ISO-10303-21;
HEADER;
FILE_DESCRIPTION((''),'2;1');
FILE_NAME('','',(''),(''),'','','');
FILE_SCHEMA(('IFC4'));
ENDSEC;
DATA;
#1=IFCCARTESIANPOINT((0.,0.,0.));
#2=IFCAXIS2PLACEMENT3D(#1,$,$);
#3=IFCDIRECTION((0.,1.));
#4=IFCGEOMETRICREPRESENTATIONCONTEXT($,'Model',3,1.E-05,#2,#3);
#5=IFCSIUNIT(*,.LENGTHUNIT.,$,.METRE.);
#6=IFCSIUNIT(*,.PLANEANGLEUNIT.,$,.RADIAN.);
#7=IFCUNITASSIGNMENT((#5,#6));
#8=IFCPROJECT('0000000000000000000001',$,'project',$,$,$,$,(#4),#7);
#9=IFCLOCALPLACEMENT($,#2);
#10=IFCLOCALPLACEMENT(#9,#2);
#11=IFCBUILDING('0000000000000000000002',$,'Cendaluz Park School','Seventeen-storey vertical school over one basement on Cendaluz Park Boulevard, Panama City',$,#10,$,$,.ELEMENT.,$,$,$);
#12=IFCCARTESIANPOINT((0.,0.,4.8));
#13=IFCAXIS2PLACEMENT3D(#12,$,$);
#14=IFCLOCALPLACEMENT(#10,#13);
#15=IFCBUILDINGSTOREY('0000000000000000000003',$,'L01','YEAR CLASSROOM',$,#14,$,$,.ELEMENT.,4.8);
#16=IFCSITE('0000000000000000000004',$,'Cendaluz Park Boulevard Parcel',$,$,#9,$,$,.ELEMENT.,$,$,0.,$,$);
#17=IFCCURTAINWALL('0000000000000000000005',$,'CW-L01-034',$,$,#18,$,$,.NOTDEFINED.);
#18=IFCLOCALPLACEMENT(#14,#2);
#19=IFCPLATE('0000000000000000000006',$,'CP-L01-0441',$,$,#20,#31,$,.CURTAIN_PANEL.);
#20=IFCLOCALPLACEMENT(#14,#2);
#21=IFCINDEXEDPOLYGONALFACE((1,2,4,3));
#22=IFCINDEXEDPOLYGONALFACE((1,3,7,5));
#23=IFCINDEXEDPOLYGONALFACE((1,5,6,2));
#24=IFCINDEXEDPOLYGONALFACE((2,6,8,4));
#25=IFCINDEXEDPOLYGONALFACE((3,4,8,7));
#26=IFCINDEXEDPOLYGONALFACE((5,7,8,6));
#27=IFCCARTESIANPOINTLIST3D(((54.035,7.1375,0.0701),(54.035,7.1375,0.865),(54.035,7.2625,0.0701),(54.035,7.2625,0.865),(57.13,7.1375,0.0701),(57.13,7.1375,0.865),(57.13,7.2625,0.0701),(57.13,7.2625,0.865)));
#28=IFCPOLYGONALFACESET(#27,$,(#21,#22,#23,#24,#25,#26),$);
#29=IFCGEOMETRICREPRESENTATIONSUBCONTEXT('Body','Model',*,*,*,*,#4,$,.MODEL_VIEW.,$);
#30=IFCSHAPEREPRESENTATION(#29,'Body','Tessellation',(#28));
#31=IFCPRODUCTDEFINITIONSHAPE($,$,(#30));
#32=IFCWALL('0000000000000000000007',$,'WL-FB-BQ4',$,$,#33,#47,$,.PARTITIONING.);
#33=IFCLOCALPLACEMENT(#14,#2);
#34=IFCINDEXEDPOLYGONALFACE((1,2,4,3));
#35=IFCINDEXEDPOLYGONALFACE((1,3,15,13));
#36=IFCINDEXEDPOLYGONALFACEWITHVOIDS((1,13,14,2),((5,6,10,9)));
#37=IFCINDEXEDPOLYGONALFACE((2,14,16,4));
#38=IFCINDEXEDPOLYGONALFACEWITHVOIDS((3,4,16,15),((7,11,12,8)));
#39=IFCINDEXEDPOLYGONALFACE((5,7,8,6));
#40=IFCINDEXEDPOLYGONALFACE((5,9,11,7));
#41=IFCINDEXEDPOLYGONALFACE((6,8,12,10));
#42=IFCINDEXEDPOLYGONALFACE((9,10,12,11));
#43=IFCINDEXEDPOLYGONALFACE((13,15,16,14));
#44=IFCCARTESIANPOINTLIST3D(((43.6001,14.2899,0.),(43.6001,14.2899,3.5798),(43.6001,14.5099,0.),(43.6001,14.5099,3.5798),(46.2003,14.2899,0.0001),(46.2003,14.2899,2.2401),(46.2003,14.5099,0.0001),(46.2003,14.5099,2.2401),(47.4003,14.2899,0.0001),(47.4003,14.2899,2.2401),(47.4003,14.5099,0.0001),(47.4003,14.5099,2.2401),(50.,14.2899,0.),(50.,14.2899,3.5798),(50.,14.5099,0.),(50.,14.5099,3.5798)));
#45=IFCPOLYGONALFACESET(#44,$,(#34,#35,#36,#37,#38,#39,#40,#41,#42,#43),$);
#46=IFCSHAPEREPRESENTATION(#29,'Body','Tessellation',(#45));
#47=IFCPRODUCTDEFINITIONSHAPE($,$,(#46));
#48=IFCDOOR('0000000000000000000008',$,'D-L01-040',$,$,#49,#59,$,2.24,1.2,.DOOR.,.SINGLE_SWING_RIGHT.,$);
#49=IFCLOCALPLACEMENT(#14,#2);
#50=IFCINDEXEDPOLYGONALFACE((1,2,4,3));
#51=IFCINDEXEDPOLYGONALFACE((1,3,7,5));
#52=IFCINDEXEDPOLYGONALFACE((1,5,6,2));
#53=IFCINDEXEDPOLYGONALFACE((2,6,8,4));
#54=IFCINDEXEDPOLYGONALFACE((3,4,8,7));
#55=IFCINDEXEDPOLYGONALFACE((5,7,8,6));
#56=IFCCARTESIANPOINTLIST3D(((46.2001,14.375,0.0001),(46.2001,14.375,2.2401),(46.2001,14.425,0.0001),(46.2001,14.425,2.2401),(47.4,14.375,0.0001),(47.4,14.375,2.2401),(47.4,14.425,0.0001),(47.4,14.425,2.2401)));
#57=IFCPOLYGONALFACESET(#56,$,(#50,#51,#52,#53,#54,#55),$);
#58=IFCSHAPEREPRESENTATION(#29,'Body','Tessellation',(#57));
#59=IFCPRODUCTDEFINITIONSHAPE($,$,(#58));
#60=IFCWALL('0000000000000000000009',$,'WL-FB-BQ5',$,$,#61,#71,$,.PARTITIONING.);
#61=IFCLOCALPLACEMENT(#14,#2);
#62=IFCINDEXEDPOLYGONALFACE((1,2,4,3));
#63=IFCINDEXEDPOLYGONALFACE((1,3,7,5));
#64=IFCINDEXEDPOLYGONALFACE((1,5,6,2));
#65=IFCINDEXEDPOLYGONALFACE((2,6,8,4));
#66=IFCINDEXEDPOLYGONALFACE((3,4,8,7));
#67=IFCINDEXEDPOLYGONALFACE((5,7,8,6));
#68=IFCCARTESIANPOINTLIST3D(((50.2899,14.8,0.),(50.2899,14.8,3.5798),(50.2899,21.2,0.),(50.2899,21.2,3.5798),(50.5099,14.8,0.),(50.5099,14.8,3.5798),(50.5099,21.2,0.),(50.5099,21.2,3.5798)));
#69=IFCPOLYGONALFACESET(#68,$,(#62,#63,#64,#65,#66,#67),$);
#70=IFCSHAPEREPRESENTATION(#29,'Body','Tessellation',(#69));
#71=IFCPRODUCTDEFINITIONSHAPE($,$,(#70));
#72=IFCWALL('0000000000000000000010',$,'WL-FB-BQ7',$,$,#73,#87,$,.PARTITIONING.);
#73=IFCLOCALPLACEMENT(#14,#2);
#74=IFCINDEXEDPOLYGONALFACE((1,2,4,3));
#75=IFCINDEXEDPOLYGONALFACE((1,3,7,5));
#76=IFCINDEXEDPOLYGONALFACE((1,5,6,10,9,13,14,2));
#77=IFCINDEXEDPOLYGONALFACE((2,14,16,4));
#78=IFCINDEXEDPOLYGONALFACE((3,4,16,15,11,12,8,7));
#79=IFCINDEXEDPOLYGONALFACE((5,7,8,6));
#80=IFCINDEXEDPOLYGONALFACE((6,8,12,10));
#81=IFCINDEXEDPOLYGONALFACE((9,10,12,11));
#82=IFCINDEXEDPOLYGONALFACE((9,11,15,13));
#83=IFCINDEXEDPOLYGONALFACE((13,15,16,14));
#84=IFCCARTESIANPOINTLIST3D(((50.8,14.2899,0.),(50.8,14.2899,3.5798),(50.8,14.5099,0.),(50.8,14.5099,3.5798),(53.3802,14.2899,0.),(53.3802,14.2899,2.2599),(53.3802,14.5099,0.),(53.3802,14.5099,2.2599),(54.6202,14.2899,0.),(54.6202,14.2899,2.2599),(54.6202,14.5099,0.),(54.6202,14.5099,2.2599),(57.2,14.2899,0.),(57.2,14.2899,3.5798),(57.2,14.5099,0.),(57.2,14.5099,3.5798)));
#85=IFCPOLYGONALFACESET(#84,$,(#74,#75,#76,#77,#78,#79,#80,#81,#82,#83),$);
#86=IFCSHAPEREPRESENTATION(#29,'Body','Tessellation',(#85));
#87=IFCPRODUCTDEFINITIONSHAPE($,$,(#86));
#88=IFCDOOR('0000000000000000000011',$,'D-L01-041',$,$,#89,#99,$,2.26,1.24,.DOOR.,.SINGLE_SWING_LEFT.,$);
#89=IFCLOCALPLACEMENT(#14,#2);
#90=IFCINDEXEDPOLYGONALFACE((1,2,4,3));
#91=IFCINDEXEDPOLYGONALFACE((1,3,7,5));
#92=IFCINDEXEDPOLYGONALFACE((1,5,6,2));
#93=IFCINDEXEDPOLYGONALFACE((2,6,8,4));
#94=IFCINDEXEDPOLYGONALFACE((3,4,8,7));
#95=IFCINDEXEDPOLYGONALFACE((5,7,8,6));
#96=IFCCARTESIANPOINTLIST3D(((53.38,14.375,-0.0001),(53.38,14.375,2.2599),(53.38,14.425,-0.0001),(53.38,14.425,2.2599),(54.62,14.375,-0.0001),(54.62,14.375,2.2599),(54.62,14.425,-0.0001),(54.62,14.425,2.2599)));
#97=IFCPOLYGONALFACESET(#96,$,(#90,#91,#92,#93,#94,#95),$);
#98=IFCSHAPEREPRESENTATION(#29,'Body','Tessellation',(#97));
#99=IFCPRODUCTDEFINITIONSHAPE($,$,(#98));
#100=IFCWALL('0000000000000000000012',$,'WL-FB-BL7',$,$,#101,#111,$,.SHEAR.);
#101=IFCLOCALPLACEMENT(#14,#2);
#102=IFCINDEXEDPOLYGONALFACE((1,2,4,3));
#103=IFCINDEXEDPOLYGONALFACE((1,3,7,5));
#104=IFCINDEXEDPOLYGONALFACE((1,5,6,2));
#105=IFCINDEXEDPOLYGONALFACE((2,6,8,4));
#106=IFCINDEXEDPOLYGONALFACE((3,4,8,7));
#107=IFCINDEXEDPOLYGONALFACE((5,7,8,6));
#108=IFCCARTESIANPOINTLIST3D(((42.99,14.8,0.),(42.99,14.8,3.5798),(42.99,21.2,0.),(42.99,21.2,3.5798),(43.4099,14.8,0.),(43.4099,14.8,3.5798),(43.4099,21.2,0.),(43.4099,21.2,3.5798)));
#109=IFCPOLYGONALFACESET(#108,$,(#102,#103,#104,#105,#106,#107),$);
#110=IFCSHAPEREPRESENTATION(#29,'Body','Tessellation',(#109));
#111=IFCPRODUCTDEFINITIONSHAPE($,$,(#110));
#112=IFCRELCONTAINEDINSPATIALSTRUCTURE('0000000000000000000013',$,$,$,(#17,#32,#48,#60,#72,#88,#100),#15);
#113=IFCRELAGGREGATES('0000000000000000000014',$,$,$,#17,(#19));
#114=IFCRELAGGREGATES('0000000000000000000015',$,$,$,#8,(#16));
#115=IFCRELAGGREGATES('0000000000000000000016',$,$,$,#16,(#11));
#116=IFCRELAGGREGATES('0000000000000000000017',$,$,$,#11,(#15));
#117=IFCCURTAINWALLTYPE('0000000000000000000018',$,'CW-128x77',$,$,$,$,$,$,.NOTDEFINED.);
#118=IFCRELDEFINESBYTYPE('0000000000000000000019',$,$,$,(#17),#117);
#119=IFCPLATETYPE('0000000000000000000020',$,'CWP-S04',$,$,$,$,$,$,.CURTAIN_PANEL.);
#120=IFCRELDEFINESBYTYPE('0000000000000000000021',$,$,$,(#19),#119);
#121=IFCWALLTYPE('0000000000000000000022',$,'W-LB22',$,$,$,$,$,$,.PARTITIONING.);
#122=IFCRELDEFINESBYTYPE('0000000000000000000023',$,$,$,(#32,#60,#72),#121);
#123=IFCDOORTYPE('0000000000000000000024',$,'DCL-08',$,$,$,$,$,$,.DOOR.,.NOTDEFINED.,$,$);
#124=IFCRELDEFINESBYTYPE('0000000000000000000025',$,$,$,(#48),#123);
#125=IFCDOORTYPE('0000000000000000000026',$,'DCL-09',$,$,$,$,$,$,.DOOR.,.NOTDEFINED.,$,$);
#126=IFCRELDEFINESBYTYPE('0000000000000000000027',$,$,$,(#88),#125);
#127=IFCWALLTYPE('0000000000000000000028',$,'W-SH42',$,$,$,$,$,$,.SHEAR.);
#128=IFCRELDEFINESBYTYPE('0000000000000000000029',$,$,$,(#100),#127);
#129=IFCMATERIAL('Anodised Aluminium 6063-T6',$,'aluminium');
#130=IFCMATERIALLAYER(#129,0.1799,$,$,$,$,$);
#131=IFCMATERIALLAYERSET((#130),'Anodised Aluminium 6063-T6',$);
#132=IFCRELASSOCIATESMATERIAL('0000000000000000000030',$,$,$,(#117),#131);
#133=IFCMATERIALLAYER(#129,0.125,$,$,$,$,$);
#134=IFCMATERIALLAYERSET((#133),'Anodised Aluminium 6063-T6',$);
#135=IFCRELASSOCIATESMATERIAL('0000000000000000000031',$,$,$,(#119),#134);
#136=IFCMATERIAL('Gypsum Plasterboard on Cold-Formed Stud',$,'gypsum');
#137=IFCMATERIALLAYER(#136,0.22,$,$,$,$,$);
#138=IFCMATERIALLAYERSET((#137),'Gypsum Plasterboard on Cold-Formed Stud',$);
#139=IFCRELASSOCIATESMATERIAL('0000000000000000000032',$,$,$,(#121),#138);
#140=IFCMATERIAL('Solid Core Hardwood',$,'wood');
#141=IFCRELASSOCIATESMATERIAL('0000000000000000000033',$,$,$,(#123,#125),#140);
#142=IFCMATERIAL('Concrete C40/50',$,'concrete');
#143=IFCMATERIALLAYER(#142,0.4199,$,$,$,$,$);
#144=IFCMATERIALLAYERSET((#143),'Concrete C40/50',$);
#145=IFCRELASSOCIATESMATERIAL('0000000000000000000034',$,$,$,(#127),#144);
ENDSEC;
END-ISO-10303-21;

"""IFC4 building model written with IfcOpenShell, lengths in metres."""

from ifc_helpers import new_model, si_unit, direction, frame, frame_2d, origin, origin_2d, place, context, subcontext, project, spatial, rectangle, extrude, material, layer, layer_set, type_object, element, fill, aggregate, save


model = new_model("IFC4")

# Units and contexts
model_context = context("Model", 3, precision=1e-05, world=origin(), true_north=direction((0.0, 1.0)))
body_context = subcontext(model_context, "Body", "Model", "MODEL_VIEW")
ifc_project = project(units=[si_unit("LENGTHUNIT", "METRE"), si_unit("PLANEANGLEUNIT", "RADIAN")], contexts=[model_context])

# Site, building, storey
site_placement = place(None, origin())
site = spatial("IfcSite", under=ifc_project, at=site_placement, Name="Cendaluz Park Boulevard Parcel", CompositionType="ELEMENT", RefElevation=0.0)
building_placement = place(site_placement, origin())
building = spatial("IfcBuilding", under=site, at=building_placement, Name="Cendaluz Park School", Description="Seventeen-storey vertical school over one basement on Cendaluz Park Boulevard, Panama City", CompositionType="ELEMENT")
storey_placement = place(building_placement, frame((0.0, 0.0, 4.8)))
storey = spatial("IfcBuildingStorey", under=building, at=storey_placement, Name="L01", Description="YEAR CLASSROOM", CompositionType="ELEMENT", Elevation=4.8)

# Shared definitions
ifc_material_1 = material(Name="Concrete C40/50", Category="concrete")

# Curtain wall
ifc_material_2 = material(Name="Anodised Aluminium 6063-T6", Category="aluminium")
ifc_layer_1 = layer(ifc_material_2, 0.1799)
ifc_layer_set_1 = layer_set([ifc_layer_1], Name="Anodised Aluminium 6063-T6")
curtain_wall_type = type_object("IfcCurtainWallType", Name="CW-128x77", PredefinedType="NOTDEFINED", material=ifc_layer_set_1)
curtain_wall_placement = place(storey_placement, origin())
curtain_wall = element("IfcCurtainWall", 1, at=curtain_wall_placement, inside=storey, type_object=curtain_wall_type, Name="CW-L01-034", PredefinedType="NOTDEFINED")

# Plate
ifc_layer_2 = layer(ifc_material_2, 0.125)
ifc_layer_set_2 = layer_set([ifc_layer_2], Name="Anodised Aluminium 6063-T6")
plate_type_1 = type_object("IfcPlateType", Name="CWP-S04", PredefinedType="CURTAIN_PANEL", material=ifc_layer_set_2)
plate_1_placement = place(storey_placement, frame((55.5825, 7.2, 0.0701), z_axis=(0.0, 0.0, 1.0), x_axis=(1.0, 0.0, 0.0)))
plate_1 = element("IfcPlate", 2, at=plate_1_placement, type_object=plate_type_1, Name="CP-L01-0441", PredefinedType="CURTAIN_PANEL", context=body_context, shape_type="SweptSolid", body=[
    extrude(rectangle(XDim=3.095, YDim=0.125, at=origin_2d()), origin(), (0.0, 0.0, 1.0), 0.7949),
])
aggregate(curtain_wall, [plate_1])

# Wall, opening, door
ifc_material_3 = material(Name="Gypsum Plasterboard on Cold-Formed Stud", Category="gypsum")
ifc_layer_3 = layer(ifc_material_3, 0.22)
ifc_layer_set_3 = layer_set([ifc_layer_3], Name="Gypsum Plasterboard on Cold-Formed Stud")
wall_type_1 = type_object("IfcWallType", Name="W-LB22", PredefinedType="PARTITIONING", material=ifc_layer_set_3)
wall_1_placement = place(storey_placement, frame((43.6001, 14.3999, 0.0), z_axis=(0.0, 0.0, 1.0), x_axis=(1.0, 0.0, 0.0)))
wall_1 = element("IfcWall", 3, at=wall_1_placement, inside=storey, type_object=wall_type_1, Name="WL-FB-BQ4", PredefinedType="PARTITIONING", context=body_context, shape_type="SweptSolid", body=[
    extrude(rectangle(XDim=6.3999, YDim=0.22, at=frame_2d((3.2, 0.0))), origin(), (0.0, 0.0, 1.0), 3.5798),
])
opening_1_placement = place(wall_1_placement, frame((2.6001, 0.0, 0.0)))
opening_1 = element("IfcOpeningElement", 4, at=opening_1_placement, cuts=wall_1, PredefinedType="OPENING", context=body_context, shape_type="SweptSolid", body=[
    extrude(rectangle(XDim=1.2, YDim=2.24, at=frame_2d((0.6001, 1.1201))), frame((0.0, 0.1221, 0.0), z_axis=(0.0, -1.0, 0.0), x_axis=(1.0, 0.0, 0.0)), (0.0, 0.0, 1.0), 0.2439),
])
ifc_material_4 = material(Name="Solid Core Hardwood", Category="wood")
door_type_1 = type_object("IfcDoorType", Name="DCL-08", OperationType="NOTDEFINED", PredefinedType="DOOR", material=ifc_material_4)
door_1_placement = place(opening_1_placement, frame((1.2, 0.0, 0.0), z_axis=(0.0, 0.0, 1.0), x_axis=(-1.0, 0.0, 0.0)))
door_1 = element("IfcDoor", 5, at=door_1_placement, inside=storey, type_object=door_type_1, Name="D-L01-040", OperationType="SINGLE_SWING_RIGHT", OverallHeight=2.24, OverallWidth=1.2, PredefinedType="DOOR", context=body_context, shape_type="SweptSolid", body=[
    extrude(rectangle(XDim=1.2, YDim=2.24, at=frame_2d((0.6001, 1.1201))), frame((0.0, 0.0249, 0.0), z_axis=(0.0, -1.0, 0.0), x_axis=(1.0, 0.0, 0.0)), (0.0, 0.0, 1.0), 0.05),
])
fill(opening_1, door_1)

# Wall
wall_2_placement = place(storey_placement, frame((50.3999, 14.8, 0.0), z_axis=(0.0, 0.0, 1.0), x_axis=(0.0, 1.0, 0.0)))
element("IfcWall", 6, at=wall_2_placement, inside=storey, type_object=wall_type_1, Name="WL-FB-BQ5", PredefinedType="PARTITIONING", context=body_context, shape_type="SweptSolid", body=[
    extrude(rectangle(XDim=6.3999, YDim=0.22, at=frame_2d((3.2, 0.0))), origin(), (0.0, 0.0, 1.0), 3.5798),
])

# Wall, opening, door
wall_3_placement = place(storey_placement, frame((50.8, 14.3999, 0.0), z_axis=(0.0, 0.0, 1.0), x_axis=(1.0, 0.0, 0.0)))
wall_3 = element("IfcWall", 7, at=wall_3_placement, inside=storey, type_object=wall_type_1, Name="WL-FB-BQ7", PredefinedType="PARTITIONING", context=body_context, shape_type="SweptSolid", body=[
    extrude(rectangle(XDim=6.3999, YDim=0.22, at=frame_2d((3.2, 0.0))), origin(), (0.0, 0.0, 1.0), 3.5798),
])
opening_2_placement = place(wall_3_placement, frame((2.5801, 0.0, 0.0)))
opening_2 = element("IfcOpeningElement", 8, at=opening_2_placement, cuts=wall_3, PredefinedType="OPENING", context=body_context, shape_type="SweptSolid", body=[
    extrude(rectangle(XDim=1.24, YDim=2.26, at=frame_2d((0.6201, 1.1299))), frame((0.0, 0.1221, 0.0), z_axis=(0.0, -1.0, 0.0), x_axis=(1.0, 0.0, 0.0)), (0.0, 0.0, 1.0), 0.2439),
])
door_type_2 = type_object("IfcDoorType", Name="DCL-09", OperationType="NOTDEFINED", PredefinedType="DOOR", material=ifc_material_4)
door_2_placement = place(opening_2_placement, frame((1.24, 0.0, 0.0), z_axis=(0.0, 0.0, 1.0), x_axis=(-1.0, 0.0, 0.0)))
door_2 = element("IfcDoor", 9, at=door_2_placement, inside=storey, type_object=door_type_2, Name="D-L01-041", OperationType="SINGLE_SWING_LEFT", OverallHeight=2.26, OverallWidth=1.24, PredefinedType="DOOR", context=body_context, shape_type="SweptSolid", body=[
    extrude(rectangle(XDim=1.24, YDim=2.26, at=frame_2d((0.6201, 1.1299))), frame((0.0, 0.0249, 0.0), z_axis=(0.0, -1.0, 0.0), x_axis=(1.0, 0.0, 0.0)), (0.0, 0.0, 1.0), 0.05),
])
fill(opening_2, door_2)

# Wall
ifc_layer_4 = layer(ifc_material_1, 0.4199)
ifc_layer_set_4 = layer_set([ifc_layer_4], Name="Concrete C40/50")
wall_type_2 = type_object("IfcWallType", Name="W-SH42", PredefinedType="SHEAR", material=ifc_layer_set_4)
wall_4_placement = place(storey_placement, frame((43.2, 14.8, 0.0), z_axis=(0.0, 0.0, 1.0), x_axis=(0.0, 1.0, 0.0)))
element("IfcWall", 10, at=wall_4_placement, inside=storey, type_object=wall_type_2, Name="WL-FB-BL7", PredefinedType="SHEAR", context=body_context, shape_type="SweptSolid", body=[
    extrude(rectangle(XDim=6.3999, YDim=0.4199, at=frame_2d((3.2, 0.0))), origin(), (0.0, 0.0, 1.0), 3.5798),
])

save(model, "model.ifc")
